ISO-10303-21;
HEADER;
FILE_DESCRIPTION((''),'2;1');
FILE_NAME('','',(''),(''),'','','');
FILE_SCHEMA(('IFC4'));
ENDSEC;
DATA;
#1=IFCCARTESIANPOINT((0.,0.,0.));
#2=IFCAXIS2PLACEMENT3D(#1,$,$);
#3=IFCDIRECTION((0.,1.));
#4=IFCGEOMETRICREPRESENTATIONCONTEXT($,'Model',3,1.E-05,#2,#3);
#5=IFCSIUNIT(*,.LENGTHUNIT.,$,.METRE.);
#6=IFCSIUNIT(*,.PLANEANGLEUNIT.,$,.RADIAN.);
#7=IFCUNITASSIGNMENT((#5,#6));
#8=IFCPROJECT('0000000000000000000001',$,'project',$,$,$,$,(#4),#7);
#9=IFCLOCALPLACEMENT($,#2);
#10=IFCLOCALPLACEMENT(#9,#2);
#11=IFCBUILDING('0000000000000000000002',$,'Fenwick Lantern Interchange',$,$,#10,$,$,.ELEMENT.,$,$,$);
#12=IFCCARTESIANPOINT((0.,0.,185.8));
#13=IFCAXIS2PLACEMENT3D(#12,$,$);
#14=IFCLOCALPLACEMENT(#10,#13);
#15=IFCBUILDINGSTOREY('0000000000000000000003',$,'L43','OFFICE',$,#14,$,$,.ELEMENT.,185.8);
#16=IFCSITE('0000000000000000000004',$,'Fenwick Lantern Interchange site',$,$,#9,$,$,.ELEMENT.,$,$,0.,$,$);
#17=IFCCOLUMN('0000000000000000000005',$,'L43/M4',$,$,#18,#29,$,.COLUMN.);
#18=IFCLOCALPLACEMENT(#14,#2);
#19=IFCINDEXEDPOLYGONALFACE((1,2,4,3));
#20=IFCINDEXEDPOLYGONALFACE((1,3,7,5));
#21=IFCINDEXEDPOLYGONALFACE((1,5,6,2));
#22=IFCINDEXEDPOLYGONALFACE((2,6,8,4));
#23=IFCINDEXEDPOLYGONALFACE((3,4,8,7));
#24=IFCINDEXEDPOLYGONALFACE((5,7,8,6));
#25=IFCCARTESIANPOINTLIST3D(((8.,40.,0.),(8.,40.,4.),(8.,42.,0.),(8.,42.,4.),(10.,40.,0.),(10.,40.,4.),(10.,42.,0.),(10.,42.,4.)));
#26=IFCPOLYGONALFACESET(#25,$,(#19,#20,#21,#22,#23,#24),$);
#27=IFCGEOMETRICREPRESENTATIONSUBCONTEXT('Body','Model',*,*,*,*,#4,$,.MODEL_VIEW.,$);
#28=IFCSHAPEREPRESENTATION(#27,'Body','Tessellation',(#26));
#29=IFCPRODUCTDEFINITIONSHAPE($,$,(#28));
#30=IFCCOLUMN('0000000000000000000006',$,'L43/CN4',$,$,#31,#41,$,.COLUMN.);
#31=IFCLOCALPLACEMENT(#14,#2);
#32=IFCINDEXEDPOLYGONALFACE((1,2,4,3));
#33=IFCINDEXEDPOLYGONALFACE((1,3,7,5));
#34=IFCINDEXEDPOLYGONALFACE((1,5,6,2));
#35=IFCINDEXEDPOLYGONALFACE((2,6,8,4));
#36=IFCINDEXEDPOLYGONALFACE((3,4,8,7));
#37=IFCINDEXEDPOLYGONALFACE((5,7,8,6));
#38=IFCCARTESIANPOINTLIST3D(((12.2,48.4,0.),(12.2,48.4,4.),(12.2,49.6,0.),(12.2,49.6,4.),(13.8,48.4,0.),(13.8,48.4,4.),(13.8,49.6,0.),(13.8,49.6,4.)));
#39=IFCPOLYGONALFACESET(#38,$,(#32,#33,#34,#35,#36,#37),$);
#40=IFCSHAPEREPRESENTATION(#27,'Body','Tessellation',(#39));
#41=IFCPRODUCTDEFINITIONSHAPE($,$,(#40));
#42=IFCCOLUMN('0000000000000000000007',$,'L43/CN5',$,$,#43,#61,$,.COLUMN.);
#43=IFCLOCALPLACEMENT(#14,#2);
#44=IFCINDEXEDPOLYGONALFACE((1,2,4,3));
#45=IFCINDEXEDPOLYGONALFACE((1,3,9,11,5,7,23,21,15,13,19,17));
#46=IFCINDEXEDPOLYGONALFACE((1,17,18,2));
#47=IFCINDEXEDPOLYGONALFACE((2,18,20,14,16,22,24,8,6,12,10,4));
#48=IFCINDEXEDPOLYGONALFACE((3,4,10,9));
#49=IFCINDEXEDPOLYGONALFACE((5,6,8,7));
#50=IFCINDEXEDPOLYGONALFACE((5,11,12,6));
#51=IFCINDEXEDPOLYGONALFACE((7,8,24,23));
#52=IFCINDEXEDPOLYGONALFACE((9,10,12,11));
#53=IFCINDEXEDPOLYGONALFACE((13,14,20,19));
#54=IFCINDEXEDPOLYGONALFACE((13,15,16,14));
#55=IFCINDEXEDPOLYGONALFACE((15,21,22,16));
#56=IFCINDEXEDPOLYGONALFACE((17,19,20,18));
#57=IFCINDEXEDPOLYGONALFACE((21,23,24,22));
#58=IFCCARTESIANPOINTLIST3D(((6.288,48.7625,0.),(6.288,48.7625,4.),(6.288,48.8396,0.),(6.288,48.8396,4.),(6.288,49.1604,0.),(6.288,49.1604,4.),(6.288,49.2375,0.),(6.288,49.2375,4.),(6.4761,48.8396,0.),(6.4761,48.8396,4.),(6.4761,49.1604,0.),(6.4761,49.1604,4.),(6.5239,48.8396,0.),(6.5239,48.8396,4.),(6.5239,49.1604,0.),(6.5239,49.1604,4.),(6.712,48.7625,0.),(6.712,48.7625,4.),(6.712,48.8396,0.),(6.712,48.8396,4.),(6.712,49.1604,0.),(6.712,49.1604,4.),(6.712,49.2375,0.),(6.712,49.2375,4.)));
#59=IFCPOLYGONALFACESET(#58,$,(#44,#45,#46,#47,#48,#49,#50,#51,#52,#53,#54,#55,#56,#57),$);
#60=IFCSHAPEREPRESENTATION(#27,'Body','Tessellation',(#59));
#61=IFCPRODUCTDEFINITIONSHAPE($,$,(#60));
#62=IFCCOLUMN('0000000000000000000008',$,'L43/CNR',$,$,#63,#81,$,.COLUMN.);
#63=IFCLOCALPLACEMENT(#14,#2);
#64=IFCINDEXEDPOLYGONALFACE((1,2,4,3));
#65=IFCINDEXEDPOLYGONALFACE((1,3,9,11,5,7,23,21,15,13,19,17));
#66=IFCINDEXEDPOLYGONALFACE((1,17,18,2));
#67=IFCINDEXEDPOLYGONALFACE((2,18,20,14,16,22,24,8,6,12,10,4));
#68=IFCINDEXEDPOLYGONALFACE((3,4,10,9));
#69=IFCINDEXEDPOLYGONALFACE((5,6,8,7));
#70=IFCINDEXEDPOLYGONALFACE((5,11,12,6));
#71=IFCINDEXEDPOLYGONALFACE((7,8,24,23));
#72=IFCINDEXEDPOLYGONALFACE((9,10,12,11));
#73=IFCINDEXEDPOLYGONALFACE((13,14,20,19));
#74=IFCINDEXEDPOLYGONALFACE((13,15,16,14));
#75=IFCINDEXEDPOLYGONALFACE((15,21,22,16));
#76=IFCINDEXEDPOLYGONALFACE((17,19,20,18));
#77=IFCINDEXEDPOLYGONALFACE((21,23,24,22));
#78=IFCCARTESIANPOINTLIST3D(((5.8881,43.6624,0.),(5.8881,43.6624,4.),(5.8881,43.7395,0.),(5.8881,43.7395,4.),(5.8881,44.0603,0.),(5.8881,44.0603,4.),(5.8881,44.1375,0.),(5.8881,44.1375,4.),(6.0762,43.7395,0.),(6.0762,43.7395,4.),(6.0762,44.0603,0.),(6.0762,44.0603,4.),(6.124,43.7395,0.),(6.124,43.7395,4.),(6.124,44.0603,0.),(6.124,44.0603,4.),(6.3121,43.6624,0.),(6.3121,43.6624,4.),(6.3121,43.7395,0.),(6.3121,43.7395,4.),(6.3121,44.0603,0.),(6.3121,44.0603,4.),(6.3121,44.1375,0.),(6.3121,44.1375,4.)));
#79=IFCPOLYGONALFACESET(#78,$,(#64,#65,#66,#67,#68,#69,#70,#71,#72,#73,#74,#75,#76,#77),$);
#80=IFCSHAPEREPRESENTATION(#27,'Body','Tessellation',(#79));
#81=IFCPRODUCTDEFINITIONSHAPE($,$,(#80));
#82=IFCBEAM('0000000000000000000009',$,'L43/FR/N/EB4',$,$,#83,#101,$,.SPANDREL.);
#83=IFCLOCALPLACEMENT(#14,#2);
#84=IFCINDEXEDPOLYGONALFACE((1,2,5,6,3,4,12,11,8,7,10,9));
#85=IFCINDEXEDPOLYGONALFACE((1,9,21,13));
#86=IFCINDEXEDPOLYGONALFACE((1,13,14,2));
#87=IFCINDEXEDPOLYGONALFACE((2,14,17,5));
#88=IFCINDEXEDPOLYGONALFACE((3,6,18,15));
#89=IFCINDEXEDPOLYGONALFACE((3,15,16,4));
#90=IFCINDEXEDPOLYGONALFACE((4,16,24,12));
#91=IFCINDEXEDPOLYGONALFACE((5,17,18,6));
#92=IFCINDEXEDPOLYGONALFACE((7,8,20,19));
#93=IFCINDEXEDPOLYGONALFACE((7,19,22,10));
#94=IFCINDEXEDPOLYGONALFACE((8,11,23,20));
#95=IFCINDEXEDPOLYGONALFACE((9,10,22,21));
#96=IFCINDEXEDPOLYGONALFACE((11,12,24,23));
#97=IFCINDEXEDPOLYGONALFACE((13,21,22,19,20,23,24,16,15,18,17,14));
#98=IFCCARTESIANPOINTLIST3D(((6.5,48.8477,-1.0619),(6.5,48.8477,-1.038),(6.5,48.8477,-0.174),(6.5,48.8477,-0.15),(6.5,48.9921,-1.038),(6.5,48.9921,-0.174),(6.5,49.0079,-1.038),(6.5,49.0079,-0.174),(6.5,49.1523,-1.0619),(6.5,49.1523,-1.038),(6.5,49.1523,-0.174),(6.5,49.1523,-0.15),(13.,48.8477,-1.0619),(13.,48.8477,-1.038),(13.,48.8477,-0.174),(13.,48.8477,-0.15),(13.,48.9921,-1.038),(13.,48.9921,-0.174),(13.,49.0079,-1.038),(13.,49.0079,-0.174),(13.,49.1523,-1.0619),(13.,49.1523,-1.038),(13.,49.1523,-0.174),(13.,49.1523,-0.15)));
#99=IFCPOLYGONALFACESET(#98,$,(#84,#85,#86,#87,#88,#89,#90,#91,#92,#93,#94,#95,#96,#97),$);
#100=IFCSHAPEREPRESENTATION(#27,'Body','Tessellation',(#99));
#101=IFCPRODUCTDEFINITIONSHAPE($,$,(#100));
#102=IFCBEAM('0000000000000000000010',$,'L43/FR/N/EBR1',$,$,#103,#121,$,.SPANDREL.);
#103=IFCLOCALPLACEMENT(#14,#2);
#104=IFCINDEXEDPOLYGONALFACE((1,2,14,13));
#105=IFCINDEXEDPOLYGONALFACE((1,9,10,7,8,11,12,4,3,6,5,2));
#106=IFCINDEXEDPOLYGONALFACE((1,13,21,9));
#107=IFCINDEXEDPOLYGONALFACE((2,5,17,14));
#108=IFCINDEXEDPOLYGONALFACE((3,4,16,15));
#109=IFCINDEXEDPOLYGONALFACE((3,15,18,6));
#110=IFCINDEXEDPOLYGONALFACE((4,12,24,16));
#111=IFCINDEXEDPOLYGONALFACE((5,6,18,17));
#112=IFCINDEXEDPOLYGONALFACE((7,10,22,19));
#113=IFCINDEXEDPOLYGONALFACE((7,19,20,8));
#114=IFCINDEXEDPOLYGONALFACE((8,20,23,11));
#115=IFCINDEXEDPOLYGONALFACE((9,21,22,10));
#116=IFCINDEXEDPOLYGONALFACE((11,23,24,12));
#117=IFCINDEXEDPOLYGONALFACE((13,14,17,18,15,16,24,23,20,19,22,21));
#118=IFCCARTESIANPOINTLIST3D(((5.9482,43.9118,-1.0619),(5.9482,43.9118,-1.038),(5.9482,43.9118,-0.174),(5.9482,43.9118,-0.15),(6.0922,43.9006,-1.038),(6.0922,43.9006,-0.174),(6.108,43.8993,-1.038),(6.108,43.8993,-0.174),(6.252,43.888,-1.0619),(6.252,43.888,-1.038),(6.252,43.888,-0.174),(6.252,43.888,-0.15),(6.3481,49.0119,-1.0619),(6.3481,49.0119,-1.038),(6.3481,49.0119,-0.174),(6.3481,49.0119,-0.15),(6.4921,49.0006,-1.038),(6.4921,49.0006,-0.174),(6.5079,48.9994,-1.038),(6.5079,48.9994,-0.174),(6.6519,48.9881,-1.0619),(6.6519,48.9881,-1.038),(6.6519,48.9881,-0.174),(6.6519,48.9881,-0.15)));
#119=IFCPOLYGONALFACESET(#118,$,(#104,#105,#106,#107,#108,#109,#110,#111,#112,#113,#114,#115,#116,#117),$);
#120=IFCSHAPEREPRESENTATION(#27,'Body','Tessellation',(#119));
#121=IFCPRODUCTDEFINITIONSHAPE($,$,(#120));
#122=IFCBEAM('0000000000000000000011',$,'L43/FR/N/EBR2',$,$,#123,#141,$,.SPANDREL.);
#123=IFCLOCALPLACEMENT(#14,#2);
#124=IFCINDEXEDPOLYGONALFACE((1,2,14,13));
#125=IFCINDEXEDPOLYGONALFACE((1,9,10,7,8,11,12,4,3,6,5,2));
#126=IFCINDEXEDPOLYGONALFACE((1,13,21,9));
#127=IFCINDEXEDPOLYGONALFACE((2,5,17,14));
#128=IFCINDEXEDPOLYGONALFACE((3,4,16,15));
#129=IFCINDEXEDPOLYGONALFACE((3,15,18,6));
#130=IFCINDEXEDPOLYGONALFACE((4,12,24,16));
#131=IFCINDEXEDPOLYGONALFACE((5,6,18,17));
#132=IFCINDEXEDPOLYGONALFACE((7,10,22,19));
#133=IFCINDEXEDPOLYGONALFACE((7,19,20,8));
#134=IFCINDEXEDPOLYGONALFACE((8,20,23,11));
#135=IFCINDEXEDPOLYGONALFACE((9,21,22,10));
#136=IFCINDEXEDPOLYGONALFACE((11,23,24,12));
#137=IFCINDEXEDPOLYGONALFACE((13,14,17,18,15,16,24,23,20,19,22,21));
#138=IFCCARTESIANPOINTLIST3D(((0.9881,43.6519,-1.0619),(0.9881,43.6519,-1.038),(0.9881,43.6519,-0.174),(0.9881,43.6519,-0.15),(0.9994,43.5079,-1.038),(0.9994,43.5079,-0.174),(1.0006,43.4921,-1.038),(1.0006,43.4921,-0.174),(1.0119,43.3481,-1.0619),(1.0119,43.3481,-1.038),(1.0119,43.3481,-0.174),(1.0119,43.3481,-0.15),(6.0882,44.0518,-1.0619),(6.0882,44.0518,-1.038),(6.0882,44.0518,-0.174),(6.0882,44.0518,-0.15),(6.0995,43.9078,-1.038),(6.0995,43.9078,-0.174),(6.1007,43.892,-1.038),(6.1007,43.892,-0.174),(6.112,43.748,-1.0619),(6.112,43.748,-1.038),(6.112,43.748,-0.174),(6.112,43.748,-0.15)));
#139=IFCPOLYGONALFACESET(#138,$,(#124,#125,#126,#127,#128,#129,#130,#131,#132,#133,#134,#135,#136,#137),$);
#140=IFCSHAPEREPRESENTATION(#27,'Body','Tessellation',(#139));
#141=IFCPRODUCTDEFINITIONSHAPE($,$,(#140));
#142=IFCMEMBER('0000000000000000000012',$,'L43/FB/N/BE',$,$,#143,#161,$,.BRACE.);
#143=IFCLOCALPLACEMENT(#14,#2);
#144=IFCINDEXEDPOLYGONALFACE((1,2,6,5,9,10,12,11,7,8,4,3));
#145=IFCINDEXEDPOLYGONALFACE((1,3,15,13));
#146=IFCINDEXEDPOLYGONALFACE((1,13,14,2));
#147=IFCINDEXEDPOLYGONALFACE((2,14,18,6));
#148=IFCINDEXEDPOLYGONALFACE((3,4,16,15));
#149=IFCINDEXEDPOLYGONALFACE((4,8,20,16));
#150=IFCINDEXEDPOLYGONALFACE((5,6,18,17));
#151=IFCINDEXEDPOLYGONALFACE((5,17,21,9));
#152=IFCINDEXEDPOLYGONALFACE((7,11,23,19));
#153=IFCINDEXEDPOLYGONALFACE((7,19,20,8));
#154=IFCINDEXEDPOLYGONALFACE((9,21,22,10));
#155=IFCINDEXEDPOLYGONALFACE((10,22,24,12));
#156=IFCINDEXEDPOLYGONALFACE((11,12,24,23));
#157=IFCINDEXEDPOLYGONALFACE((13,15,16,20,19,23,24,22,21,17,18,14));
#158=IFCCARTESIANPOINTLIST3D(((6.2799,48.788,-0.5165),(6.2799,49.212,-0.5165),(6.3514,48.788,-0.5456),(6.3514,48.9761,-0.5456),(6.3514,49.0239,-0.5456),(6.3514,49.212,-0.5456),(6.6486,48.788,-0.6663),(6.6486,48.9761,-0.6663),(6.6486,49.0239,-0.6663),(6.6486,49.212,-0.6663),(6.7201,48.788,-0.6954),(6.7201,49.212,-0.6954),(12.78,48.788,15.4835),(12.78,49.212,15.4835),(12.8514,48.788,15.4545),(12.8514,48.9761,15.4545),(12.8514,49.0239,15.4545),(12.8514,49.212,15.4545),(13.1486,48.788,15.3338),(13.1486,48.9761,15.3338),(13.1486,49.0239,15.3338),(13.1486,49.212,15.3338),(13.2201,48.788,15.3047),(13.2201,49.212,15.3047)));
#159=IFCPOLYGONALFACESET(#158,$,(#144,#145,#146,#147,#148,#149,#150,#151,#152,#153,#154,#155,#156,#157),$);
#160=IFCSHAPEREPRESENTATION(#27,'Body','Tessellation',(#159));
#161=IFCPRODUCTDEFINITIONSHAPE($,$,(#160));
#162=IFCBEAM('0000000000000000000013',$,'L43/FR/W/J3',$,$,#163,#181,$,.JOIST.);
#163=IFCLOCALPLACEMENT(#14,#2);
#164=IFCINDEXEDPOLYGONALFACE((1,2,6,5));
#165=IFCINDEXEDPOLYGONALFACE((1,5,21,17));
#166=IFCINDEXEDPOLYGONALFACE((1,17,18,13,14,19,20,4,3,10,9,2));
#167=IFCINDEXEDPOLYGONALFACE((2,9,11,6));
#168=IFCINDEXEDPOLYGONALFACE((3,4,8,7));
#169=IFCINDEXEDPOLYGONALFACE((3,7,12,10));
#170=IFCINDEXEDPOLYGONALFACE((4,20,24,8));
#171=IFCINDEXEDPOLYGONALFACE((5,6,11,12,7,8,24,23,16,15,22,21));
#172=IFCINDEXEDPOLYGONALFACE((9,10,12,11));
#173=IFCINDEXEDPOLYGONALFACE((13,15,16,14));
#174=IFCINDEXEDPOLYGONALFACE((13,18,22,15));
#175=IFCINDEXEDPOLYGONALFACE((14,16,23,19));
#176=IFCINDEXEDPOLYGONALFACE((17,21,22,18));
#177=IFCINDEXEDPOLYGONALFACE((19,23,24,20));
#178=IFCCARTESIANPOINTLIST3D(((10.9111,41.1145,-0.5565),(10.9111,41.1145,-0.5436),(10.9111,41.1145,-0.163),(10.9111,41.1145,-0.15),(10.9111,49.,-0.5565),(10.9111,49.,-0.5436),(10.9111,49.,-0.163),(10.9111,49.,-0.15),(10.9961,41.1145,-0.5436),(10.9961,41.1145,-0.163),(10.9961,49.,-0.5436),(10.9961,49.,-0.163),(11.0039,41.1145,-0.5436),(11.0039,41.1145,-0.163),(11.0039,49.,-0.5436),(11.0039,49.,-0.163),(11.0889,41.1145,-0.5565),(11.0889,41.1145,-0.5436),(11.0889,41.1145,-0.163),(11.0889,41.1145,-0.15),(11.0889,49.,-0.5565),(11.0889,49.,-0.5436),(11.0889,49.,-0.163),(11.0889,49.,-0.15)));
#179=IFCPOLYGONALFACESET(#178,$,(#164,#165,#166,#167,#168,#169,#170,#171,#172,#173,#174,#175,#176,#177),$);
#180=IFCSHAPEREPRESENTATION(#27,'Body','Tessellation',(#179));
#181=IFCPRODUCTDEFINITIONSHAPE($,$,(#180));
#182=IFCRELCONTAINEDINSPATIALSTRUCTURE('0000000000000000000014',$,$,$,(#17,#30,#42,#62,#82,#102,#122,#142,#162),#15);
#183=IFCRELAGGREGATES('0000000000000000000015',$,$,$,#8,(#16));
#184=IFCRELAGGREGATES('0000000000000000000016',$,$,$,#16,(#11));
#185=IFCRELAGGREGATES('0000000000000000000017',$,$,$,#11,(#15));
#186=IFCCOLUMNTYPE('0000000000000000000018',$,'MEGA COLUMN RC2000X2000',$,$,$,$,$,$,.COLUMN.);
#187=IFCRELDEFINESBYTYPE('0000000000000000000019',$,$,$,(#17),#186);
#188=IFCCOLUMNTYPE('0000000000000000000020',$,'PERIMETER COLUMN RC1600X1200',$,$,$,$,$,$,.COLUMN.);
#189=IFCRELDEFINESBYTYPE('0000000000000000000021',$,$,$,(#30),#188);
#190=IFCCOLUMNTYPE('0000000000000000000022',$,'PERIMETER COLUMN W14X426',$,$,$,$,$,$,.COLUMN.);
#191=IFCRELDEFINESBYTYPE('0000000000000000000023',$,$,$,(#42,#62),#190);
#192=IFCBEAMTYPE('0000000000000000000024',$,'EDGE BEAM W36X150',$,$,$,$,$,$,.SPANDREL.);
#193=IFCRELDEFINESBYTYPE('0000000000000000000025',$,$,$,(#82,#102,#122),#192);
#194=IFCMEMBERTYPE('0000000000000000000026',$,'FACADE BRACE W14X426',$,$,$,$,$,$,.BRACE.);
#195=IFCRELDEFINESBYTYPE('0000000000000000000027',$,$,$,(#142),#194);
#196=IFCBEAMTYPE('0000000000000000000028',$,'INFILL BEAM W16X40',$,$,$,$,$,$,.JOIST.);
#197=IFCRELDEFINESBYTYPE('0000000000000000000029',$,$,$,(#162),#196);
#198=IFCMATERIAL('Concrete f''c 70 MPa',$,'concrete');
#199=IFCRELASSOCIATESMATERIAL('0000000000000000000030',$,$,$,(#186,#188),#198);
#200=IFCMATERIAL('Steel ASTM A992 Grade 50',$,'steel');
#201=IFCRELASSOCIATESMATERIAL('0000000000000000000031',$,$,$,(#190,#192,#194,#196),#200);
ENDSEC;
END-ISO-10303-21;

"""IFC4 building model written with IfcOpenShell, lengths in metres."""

from ifc_helpers import new_model, si_unit, direction, frame, origin, origin_2d, place, context, subcontext, project, spatial, rectangle, i_section, extrude, material, material_profile, profile_set, type_object, element, save


model = new_model("IFC4")

# Units and contexts
model_context = context("Model", 3, precision=1e-05, world=origin(), true_north=direction((0.0, 1.0)))
body_context = subcontext(model_context, "Body", "Model", "MODEL_VIEW")
ifc_project = project(units=[si_unit("LENGTHUNIT", "METRE"), si_unit("PLANEANGLEUNIT", "RADIAN")], contexts=[model_context])

# Site, building, storey
site_placement = place(None, origin())
site = spatial("IfcSite", under=ifc_project, at=site_placement, Name="Fenwick Lantern Interchange site", CompositionType="ELEMENT", RefElevation=0.0)
building_placement = place(site_placement, origin())
building = spatial("IfcBuilding", under=site, at=building_placement, Name="Fenwick Lantern Interchange", CompositionType="ELEMENT")
storey_placement = place(building_placement, frame((0.0, 0.0, 185.8)))
storey = spatial("IfcBuildingStorey", under=building, at=storey_placement, Name="L43", Description="OFFICE", CompositionType="ELEMENT", Elevation=185.8)

# Columns
ifc_material_1 = material(Name="Concrete f'c 70 MPa", Category="concrete")
ifc_material_profile_1 = material_profile(ifc_material_1, rectangle(XDim=2.0, YDim=2.0, at=origin_2d()), Name="RC2000X2000")
ifc_profile_set_1 = profile_set([ifc_material_profile_1], Name="Concrete f'c 70 MPa")
column_type_1 = type_object("IfcColumnType", Name="MEGA COLUMN RC2000X2000", PredefinedType="COLUMN", material=ifc_profile_set_1)
column_1_placement = place(storey_placement, frame((9.0, 41.0, 0.0), z_axis=(0.0, 0.0, 1.0), x_axis=(1.0, 0.0, 0.0)))
element("IfcColumn", 1, at=column_1_placement, inside=storey, type_object=column_type_1, Name="L43/M4", PredefinedType="COLUMN", context=body_context, shape_type="SweptSolid", body=[
    extrude(rectangle(XDim=2.0, YDim=2.0, at=origin_2d()), origin(), (0.0, 0.0, 1.0), 4.0),
])
ifc_material_profile_2 = material_profile(ifc_material_1, rectangle(XDim=1.6001, YDim=1.2, at=origin_2d()), Name="RC1600X1200")
ifc_profile_set_2 = profile_set([ifc_material_profile_2], Name="Concrete f'c 70 MPa")
column_type_2 = type_object("IfcColumnType", Name="PERIMETER COLUMN RC1600X1200", PredefinedType="COLUMN", material=ifc_profile_set_2)
column_2_placement = place(storey_placement, frame((13.0, 49.0, 0.0), z_axis=(0.0, 0.0, 1.0), x_axis=(1.0, 0.0, 0.0)))
element("IfcColumn", 2, at=column_2_placement, inside=storey, type_object=column_type_2, Name="L43/CN4", PredefinedType="COLUMN", context=body_context, shape_type="SweptSolid", body=[
    extrude(rectangle(XDim=1.6001, YDim=1.2, at=origin_2d()), origin(), (0.0, 0.0, 1.0), 4.0),
])
ifc_material_2 = material(Name="Steel ASTM A992 Grade 50", Category="steel")
ifc_material_profile_3 = material_profile(ifc_material_2, i_section(OverallWidth=0.4241, OverallDepth=0.4751, WebThickness=0.0479, FlangeThickness=0.0771, at=origin_2d()), Name="W14X426")
ifc_profile_set_3 = profile_set([ifc_material_profile_3], Name="Steel ASTM A992 Grade 50")
column_type_3 = type_object("IfcColumnType", Name="PERIMETER COLUMN W14X426", PredefinedType="COLUMN", material=ifc_profile_set_3)
for number, where, z_axis, x_axis, name in (
    (3, (6.5, 49.0, 0.0), (0.0, 0.0, 1.0), (1.0, 0.0, 0.0), "L43/CN5"),
    (4, (6.1001, 43.8999, 0.0), (0.0, 0.0, 1.0), (1.0, 0.0, 0.0), "L43/CNR"),
):
    element("IfcColumn", number, at=place(storey_placement, frame(where, z_axis=z_axis, x_axis=x_axis)), inside=storey, type_object=column_type_3, Name=name, PredefinedType="COLUMN", context=body_context, shape_type="SweptSolid", body=[
        extrude(i_section(OverallWidth=0.4241, OverallDepth=0.4751, WebThickness=0.0479, FlangeThickness=0.0771, at=origin_2d()), origin(), (0.0, 0.0, 1.0), 4.0),
    ])

# Beams
ifc_material_profile_4 = material_profile(ifc_material_2, i_section(OverallWidth=0.3047, OverallDepth=0.9119, WebThickness=0.0159, FlangeThickness=0.0239, at=origin_2d()), Name="W36X150")
ifc_profile_set_4 = profile_set([ifc_material_profile_4], Name="Steel ASTM A992 Grade 50")
beam_type_1 = type_object("IfcBeamType", Name="EDGE BEAM W36X150", PredefinedType="SPANDREL", material=ifc_profile_set_4)
beam_1_placement = place(storey_placement, frame((13.0, 49.0, -0.606), z_axis=(-1.0, 0.0, 0.0), x_axis=(0.0, -1.0, 0.0)))
element("IfcBeam", 5, at=beam_1_placement, inside=storey, type_object=beam_type_1, Name="L43/FR/N/EB4", PredefinedType="SPANDREL", context=body_context, shape_type="SweptSolid", body=[
    extrude(i_section(OverallWidth=0.3047, OverallDepth=0.9119, WebThickness=0.0159, FlangeThickness=0.0239, at=origin_2d()), origin(), (0.0, 0.0, 1.0), 6.5),
])
for number, where, z_axis, x_axis, name in (
    (6, (6.5, 49.0, -0.606), (-0.078171, -0.99694, 0.0), (0.99694, -0.078171, 0.0), "L43/FR/N/EBR1"),
    (7, (6.1001, 43.8999, -0.606), (-0.99694, -0.078171, 0.0), (0.078171, -0.99694, 0.0), "L43/FR/N/EBR2"),
):
    element("IfcBeam", number, at=place(storey_placement, frame(where, z_axis=z_axis, x_axis=x_axis)), inside=storey, type_object=beam_type_1, Name=name, PredefinedType="SPANDREL", context=body_context, shape_type="SweptSolid", body=[
        extrude(i_section(OverallWidth=0.3047, OverallDepth=0.9119, WebThickness=0.0159, FlangeThickness=0.0239, at=origin_2d()), origin(), (0.0, 0.0, 1.0), 5.1157),
    ])

# Member
ifc_material_profile_5 = material_profile(ifc_material_2, i_section(OverallWidth=0.4241, OverallDepth=0.4751, WebThickness=0.0479, FlangeThickness=0.0771, at=origin_2d()), Name="W14X426")
ifc_profile_set_5 = profile_set([ifc_material_profile_5], Name="Steel ASTM A992 Grade 50")
member_type_1 = type_object("IfcMemberType", Name="FACADE BRACE W14X426", PredefinedType="BRACE", material=ifc_profile_set_5)
member_1_placement = place(storey_placement, frame((6.5, 49.0, -0.606), z_axis=(0.376377, 0.0, 0.926467), x_axis=(0.0, 1.0, 0.0)))
element("IfcMember", 8, at=member_1_placement, inside=storey, type_object=member_type_1, Name="L43/FB/N/BE", PredefinedType="BRACE", context=body_context, shape_type="SweptSolid", body=[
    extrude(i_section(OverallWidth=0.4241, OverallDepth=0.4751, WebThickness=0.0479, FlangeThickness=0.0771, at=origin_2d()), origin(), (0.0, 0.0, 1.0), 17.27),
])

# Beam
ifc_material_profile_6 = material_profile(ifc_material_2, i_section(OverallWidth=0.1777, OverallDepth=0.4065, WebThickness=0.0078, FlangeThickness=0.0129, at=origin_2d()), Name="W16X40")
ifc_profile_set_6 = profile_set([ifc_material_profile_6], Name="Steel ASTM A992 Grade 50")
beam_type_2 = type_object("IfcBeamType", Name="INFILL BEAM W16X40", PredefinedType="JOIST", material=ifc_profile_set_6)
beam_2_placement = place(storey_placement, frame((11.0, 49.0, -0.3533), z_axis=(0.0, -1.0, 0.0), x_axis=(1.0, 0.0, 0.0)))
element("IfcBeam", 9, at=beam_2_placement, inside=storey, type_object=beam_type_2, Name="L43/FR/W/J3", PredefinedType="JOIST", context=body_context, shape_type="SweptSolid", body=[
    extrude(i_section(OverallWidth=0.1777, OverallDepth=0.4065, WebThickness=0.0078, FlangeThickness=0.0129, at=origin_2d()), origin(), (0.0, 0.0, 1.0), 7.8855),
])

save(model, "model.ifc")
